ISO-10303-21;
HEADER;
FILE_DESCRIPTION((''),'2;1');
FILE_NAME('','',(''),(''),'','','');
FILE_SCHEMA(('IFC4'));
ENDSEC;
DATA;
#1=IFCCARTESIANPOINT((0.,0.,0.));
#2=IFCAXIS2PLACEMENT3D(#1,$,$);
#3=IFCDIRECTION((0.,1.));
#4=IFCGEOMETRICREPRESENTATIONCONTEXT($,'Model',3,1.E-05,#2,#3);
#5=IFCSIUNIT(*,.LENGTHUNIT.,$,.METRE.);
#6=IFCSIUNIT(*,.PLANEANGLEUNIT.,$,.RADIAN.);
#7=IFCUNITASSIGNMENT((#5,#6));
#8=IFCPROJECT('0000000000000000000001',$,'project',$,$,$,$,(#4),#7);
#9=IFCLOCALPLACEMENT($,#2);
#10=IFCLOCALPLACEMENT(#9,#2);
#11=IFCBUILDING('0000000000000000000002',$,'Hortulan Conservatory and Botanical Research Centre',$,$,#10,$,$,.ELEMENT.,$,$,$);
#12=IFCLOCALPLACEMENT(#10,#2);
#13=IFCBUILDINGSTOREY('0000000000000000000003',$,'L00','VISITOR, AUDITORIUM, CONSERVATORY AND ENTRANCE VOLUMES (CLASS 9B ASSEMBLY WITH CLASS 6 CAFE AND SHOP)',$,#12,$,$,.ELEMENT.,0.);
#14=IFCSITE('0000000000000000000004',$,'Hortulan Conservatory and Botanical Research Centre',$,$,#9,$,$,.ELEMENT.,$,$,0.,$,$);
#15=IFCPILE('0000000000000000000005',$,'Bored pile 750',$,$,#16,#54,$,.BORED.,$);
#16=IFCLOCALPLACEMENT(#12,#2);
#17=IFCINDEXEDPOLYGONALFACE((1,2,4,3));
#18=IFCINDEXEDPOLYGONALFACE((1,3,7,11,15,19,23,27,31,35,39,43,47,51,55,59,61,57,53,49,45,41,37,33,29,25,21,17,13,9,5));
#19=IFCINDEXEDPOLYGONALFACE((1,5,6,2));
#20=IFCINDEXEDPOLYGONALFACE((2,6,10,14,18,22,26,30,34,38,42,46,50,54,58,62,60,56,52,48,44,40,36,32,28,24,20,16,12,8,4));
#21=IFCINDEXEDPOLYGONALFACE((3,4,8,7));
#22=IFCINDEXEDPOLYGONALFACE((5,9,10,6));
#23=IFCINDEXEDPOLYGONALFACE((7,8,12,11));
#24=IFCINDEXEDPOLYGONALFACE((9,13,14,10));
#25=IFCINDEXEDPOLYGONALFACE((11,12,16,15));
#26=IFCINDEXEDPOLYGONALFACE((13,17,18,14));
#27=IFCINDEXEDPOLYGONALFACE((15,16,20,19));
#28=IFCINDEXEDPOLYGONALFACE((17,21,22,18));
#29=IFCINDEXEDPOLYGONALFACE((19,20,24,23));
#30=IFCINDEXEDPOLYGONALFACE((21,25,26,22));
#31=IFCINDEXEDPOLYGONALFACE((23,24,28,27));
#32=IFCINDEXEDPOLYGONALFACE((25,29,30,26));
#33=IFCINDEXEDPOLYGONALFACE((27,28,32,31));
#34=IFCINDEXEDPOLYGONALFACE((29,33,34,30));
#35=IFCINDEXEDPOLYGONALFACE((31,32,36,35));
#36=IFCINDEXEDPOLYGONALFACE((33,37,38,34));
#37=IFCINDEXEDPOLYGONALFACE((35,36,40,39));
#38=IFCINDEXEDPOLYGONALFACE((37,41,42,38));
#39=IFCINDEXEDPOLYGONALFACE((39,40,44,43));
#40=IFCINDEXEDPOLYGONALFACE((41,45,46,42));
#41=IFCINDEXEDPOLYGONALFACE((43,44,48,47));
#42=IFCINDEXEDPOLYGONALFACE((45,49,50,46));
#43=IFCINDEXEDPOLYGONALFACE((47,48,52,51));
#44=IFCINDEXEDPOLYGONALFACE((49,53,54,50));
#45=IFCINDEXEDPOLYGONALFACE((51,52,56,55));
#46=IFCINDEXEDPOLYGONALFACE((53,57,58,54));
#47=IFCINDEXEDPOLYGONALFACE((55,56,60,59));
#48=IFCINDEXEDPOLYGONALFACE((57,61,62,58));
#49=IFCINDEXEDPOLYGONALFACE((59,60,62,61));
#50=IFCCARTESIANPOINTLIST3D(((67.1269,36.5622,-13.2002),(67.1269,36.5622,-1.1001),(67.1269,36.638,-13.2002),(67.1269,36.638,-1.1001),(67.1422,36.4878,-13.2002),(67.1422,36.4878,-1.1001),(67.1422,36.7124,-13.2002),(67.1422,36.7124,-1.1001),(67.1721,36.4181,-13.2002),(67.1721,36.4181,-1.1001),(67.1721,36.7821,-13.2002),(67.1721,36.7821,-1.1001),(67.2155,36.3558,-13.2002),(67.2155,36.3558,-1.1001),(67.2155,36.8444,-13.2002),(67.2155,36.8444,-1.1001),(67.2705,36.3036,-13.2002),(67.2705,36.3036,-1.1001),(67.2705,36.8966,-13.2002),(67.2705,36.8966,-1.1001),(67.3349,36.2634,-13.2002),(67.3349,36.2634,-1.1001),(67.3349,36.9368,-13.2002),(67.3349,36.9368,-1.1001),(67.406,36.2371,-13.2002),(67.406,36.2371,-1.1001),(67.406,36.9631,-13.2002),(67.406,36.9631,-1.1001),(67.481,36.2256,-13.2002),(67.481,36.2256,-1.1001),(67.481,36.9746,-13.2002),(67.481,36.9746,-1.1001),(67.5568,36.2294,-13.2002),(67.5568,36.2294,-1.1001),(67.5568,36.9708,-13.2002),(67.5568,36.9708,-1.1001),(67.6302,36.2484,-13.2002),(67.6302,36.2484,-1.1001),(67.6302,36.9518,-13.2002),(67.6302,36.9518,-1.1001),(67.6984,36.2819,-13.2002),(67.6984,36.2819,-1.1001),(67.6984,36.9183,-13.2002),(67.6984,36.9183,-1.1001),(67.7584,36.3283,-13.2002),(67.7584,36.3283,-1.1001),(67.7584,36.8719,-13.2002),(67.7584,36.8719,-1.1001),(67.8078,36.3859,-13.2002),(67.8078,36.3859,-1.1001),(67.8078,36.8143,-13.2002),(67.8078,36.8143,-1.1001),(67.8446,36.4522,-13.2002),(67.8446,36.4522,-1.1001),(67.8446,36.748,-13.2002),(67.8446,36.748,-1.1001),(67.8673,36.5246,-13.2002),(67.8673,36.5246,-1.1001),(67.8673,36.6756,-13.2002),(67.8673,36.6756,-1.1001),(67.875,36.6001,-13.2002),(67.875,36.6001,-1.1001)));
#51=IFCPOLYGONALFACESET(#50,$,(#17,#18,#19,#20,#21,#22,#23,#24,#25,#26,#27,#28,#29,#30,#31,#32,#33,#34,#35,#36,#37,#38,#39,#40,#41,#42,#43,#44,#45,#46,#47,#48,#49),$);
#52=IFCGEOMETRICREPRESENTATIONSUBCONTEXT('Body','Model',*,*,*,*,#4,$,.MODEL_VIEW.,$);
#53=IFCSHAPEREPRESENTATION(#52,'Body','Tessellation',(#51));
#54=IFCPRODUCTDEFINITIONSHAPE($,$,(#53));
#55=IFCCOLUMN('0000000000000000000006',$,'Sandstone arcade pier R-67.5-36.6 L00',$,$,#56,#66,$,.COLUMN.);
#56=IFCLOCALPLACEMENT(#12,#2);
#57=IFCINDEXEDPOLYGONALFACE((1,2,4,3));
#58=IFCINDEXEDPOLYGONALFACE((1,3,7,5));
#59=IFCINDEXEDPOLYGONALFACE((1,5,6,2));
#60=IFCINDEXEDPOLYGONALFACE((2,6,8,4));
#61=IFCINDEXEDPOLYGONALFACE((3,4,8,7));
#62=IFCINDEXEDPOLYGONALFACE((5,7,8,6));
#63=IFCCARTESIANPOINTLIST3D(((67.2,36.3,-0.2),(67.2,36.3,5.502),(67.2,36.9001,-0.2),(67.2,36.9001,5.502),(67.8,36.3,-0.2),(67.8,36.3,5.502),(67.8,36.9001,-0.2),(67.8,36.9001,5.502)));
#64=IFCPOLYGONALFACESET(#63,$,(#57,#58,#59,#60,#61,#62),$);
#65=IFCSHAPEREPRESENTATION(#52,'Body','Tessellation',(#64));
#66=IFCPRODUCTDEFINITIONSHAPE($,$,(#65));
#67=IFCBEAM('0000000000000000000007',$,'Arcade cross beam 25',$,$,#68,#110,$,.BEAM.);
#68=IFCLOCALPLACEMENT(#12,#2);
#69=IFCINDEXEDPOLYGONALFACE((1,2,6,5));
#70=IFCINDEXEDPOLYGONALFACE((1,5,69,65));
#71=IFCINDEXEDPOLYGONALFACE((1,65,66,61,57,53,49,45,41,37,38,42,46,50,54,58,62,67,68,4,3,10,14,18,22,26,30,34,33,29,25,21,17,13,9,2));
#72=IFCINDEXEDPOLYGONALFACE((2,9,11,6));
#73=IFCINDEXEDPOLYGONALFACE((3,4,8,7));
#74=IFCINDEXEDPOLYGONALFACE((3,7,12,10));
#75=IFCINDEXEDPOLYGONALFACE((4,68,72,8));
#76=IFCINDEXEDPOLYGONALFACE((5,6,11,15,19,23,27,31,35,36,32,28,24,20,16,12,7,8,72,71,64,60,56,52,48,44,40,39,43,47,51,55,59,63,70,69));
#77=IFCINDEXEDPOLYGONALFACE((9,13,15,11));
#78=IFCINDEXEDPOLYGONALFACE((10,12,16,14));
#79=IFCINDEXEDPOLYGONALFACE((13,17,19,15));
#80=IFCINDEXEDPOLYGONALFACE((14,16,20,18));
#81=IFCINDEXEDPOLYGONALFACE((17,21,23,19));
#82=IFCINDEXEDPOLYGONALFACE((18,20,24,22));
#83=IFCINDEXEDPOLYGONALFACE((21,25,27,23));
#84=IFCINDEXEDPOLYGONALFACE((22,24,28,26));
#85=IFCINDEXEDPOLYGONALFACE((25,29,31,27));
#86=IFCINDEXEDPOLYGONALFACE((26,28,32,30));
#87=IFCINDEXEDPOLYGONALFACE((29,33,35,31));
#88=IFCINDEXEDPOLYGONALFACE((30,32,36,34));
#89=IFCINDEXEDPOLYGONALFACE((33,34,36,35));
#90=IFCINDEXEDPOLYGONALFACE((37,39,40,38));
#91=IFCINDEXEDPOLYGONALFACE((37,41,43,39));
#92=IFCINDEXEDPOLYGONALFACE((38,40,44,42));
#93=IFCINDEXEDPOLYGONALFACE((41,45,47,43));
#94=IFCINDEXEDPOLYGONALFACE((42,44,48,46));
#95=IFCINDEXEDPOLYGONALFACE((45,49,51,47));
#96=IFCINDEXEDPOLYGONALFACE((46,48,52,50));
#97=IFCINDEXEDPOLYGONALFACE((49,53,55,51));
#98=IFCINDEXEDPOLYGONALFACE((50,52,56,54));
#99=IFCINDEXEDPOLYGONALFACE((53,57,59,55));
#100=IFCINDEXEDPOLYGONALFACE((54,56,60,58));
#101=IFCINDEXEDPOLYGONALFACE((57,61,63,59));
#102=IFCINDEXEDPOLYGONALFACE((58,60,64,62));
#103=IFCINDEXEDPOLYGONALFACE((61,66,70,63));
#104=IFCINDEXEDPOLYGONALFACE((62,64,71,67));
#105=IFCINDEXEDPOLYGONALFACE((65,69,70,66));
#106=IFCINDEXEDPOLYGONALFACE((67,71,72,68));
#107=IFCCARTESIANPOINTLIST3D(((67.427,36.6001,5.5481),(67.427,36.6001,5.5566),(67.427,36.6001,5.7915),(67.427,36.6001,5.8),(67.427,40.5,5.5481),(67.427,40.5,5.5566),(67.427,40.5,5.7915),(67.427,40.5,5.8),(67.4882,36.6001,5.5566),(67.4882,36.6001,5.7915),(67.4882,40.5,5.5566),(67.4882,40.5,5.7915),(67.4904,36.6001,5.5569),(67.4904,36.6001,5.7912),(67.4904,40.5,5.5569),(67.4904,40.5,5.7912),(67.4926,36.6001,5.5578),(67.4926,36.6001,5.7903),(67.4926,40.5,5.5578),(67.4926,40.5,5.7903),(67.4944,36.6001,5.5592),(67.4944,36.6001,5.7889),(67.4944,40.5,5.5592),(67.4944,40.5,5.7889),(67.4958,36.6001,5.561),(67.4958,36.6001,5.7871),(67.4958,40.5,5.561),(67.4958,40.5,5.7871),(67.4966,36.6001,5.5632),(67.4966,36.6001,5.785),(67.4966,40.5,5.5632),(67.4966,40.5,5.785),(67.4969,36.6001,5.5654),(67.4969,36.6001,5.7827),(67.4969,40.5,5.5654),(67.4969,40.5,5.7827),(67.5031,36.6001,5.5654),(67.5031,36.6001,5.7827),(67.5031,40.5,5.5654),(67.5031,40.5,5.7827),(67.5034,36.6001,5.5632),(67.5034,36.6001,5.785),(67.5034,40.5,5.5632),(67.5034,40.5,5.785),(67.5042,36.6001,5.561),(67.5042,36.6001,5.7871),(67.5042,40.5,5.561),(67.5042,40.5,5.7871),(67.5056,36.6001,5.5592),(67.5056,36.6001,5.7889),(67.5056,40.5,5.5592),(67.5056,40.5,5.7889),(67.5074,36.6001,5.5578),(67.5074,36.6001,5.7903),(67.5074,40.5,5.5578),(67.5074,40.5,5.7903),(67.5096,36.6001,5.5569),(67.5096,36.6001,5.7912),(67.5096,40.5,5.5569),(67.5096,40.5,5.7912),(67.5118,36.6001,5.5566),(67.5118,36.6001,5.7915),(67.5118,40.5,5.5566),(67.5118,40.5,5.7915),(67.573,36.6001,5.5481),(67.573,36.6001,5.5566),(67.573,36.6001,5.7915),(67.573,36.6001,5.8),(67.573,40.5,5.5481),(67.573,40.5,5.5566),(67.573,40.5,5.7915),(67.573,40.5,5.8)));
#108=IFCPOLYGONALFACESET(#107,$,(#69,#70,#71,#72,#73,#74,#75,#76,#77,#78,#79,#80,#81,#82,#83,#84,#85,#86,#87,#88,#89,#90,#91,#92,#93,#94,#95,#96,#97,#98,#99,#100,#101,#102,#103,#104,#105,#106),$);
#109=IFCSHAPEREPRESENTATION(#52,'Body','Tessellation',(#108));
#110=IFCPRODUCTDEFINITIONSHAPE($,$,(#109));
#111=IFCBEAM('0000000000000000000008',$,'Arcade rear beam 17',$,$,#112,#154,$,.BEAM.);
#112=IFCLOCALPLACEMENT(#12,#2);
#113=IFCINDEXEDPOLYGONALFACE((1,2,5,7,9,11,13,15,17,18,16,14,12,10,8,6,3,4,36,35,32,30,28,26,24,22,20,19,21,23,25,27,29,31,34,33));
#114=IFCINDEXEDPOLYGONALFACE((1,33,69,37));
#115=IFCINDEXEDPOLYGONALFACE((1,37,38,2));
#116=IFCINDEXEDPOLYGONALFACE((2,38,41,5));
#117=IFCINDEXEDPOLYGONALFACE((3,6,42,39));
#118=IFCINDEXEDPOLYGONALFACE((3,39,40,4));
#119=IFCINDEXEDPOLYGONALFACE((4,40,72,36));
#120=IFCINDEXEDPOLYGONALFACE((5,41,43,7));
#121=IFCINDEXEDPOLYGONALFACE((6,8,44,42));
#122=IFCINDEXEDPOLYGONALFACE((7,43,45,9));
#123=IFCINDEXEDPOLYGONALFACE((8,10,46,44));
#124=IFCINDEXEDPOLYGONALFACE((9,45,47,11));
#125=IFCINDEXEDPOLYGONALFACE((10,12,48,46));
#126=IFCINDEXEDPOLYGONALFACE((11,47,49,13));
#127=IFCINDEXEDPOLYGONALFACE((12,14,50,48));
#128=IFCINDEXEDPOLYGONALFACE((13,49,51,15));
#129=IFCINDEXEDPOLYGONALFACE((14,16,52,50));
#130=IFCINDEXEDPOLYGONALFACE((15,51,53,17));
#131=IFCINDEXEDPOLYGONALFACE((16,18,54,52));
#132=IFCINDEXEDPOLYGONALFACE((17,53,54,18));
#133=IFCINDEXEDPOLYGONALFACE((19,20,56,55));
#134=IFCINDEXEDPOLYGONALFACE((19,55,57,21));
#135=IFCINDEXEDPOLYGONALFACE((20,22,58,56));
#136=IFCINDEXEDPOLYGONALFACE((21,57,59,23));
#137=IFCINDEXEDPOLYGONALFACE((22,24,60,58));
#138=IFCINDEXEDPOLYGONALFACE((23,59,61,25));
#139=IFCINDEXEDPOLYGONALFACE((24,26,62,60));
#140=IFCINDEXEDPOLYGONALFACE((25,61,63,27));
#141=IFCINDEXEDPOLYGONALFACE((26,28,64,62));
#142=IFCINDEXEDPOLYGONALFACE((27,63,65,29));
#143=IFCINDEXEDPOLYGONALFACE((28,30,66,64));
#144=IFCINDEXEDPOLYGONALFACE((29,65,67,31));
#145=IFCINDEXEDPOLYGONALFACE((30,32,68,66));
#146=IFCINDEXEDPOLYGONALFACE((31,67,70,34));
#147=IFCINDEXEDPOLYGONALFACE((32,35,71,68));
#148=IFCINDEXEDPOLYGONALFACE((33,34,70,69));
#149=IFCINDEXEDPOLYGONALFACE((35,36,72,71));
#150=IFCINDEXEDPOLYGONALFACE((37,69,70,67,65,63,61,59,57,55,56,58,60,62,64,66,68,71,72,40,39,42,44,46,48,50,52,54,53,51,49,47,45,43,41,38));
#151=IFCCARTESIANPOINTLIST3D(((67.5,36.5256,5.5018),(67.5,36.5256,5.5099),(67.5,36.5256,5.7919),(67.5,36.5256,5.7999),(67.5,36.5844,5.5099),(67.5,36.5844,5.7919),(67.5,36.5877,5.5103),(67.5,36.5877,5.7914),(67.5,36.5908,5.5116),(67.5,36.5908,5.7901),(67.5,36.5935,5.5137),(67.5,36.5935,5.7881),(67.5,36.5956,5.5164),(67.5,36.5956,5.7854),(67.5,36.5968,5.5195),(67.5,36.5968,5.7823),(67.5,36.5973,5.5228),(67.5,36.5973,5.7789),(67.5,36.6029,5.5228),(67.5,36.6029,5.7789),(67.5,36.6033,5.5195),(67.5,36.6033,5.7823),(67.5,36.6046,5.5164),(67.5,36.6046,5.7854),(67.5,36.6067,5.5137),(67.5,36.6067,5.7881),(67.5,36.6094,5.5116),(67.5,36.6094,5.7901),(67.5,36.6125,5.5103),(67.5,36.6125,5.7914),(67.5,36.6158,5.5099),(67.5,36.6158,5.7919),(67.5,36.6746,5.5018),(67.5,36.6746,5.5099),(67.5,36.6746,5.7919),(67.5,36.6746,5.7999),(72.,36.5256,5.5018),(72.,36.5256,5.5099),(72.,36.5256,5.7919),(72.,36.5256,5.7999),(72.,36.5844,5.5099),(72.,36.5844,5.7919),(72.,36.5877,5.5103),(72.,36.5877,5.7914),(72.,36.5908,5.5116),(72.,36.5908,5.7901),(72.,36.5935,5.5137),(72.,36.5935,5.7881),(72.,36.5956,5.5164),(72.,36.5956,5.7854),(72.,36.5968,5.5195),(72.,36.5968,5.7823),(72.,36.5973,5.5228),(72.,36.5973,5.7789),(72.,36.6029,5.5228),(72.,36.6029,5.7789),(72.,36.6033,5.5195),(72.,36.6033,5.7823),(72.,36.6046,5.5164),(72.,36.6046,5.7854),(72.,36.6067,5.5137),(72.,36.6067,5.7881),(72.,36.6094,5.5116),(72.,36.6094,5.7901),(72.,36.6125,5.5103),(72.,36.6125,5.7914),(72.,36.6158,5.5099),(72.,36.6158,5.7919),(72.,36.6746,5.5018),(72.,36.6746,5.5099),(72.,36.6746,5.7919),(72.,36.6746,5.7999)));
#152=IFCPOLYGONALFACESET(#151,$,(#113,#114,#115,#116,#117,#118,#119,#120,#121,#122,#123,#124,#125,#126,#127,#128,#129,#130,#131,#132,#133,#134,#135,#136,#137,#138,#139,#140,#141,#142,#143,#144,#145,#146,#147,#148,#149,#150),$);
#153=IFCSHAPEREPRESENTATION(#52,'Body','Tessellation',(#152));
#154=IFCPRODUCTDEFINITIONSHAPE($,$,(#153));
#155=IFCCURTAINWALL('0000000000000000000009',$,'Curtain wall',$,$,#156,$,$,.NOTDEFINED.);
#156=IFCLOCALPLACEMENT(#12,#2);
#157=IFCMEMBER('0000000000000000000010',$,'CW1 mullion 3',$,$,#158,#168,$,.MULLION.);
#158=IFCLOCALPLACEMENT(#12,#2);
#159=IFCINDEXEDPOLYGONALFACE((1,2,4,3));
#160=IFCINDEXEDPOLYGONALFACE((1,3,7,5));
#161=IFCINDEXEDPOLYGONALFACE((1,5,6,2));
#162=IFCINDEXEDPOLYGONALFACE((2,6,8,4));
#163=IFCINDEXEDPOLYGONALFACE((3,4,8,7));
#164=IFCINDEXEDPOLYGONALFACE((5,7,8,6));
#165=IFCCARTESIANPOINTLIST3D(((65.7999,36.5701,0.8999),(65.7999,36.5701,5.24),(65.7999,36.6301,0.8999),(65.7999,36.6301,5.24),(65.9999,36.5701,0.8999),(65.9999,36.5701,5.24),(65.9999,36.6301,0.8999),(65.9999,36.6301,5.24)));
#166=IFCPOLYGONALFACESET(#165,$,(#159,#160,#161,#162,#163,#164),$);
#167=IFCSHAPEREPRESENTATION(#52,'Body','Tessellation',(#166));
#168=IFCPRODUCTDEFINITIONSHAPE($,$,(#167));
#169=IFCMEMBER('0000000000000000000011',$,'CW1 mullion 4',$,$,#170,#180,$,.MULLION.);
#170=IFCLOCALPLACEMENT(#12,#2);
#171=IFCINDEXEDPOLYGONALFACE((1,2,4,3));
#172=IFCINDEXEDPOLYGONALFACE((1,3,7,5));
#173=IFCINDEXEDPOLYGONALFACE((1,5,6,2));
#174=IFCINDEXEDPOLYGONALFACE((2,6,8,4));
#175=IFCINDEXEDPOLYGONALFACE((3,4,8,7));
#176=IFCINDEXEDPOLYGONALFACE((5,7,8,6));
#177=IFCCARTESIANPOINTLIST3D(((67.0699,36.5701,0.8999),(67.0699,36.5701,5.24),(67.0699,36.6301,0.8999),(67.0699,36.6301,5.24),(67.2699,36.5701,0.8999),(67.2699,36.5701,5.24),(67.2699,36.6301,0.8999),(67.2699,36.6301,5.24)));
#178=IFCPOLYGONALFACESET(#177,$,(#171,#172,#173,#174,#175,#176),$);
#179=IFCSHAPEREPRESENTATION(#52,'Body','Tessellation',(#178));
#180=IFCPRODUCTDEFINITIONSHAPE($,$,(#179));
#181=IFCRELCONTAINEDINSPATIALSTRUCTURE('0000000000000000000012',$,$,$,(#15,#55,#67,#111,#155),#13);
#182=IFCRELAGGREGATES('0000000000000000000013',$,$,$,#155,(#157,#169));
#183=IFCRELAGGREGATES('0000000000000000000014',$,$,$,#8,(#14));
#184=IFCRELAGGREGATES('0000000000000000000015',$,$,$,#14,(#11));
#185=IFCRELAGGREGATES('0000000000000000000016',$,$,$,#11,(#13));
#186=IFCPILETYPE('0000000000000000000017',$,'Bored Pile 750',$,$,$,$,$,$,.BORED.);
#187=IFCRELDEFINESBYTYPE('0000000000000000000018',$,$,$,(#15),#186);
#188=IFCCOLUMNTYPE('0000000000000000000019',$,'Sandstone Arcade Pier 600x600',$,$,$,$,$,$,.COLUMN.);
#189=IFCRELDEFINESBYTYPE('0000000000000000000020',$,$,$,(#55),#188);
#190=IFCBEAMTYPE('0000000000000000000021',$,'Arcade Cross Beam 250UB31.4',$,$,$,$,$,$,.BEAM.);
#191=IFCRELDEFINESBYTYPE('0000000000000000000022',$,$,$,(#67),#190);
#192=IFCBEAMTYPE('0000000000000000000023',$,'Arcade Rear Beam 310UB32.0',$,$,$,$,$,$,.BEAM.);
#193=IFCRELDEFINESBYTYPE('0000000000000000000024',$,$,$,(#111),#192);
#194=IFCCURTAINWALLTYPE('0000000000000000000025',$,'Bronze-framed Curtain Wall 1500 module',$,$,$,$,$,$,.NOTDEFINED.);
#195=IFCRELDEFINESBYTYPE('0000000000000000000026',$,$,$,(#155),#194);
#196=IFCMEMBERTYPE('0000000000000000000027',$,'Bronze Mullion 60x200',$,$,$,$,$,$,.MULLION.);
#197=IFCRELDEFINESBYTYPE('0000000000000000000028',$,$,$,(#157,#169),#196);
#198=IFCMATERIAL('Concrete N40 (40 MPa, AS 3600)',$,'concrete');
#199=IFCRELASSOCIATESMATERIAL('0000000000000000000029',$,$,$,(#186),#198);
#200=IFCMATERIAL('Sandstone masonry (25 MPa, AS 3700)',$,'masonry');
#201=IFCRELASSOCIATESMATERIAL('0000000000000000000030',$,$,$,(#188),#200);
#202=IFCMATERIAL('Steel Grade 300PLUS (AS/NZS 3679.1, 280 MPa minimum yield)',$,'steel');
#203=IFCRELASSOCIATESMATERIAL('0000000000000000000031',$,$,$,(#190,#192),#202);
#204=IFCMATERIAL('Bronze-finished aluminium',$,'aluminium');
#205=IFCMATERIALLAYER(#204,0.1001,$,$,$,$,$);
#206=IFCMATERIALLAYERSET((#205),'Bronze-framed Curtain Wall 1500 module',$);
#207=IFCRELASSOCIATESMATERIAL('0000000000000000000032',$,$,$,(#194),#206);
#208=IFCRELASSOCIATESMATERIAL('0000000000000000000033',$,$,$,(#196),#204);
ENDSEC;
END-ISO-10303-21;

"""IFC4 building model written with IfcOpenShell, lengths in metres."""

from ifc_helpers import new_model, si_unit, direction, frame, origin, origin_2d, place, context, subcontext, project, spatial, rectangle, circle, i_section, extrude, material, layer, layer_set, material_profile, profile_set, type_object, element, aggregate, save


model = new_model("IFC4")

# Units and contexts
model_context = context("Model", 3, precision=1e-05, world=origin(), true_north=direction((0.0, 1.0)))
body_context = subcontext(model_context, "Body", "Model", "MODEL_VIEW")
ifc_project = project(units=[si_unit("LENGTHUNIT", "METRE"), si_unit("PLANEANGLEUNIT", "RADIAN")], contexts=[model_context])

# Site, building, storey
site_placement = place(None, origin())
site = spatial("IfcSite", under=ifc_project, at=site_placement, Name="Hortulan Conservatory and Botanical Research Centre", CompositionType="ELEMENT", RefElevation=0.0)
building_placement = place(site_placement, origin())
building = spatial("IfcBuilding", under=site, at=building_placement, Name="Hortulan Conservatory and Botanical Research Centre", CompositionType="ELEMENT")
storey_placement = place(building_placement, origin())
storey = spatial("IfcBuildingStorey", under=building, at=storey_placement, Name="L00", Description="VISITOR, AUDITORIUM, CONSERVATORY AND ENTRANCE VOLUMES (CLASS 9B ASSEMBLY WITH CLASS 6 CAFE AND SHOP)", CompositionType="ELEMENT", Elevation=0.0)

# Pile
ifc_material_1 = material(Name="Concrete N40 (40 MPa, AS 3600)", Category="concrete")
ifc_material_profile_1 = material_profile(ifc_material_1, circle(Radius=0.375, at=origin_2d()), Name="Bored pile 750 diameter")
ifc_profile_set_1 = profile_set([ifc_material_profile_1], Name="Concrete N40 (40 MPa, AS 3600)")
pile_type = type_object("IfcPileType", Name="Bored Pile 750", PredefinedType="BORED", material=ifc_profile_set_1)
pile_placement = place(storey_placement, frame((67.5, 36.6001, -1.1001), z_axis=(0.0, 0.0, -1.0), x_axis=(1.0, 0.0, 0.0)))
element("IfcPile", 1, at=pile_placement, inside=storey, type_object=pile_type, Name="Bored pile 750", PredefinedType="BORED", context=body_context, shape_type="SweptSolid", body=[
    extrude(circle(Radius=0.375, at=origin_2d()), origin(), (0.0, 0.0, 1.0), 12.1001),
])

# Column
ifc_material_2 = material(Name="Sandstone masonry (25 MPa, AS 3700)", Category="masonry")
ifc_material_profile_2 = material_profile(ifc_material_2, rectangle(XDim=0.6001, YDim=0.6001, at=origin_2d()), Name="Square pier 600")
ifc_profile_set_2 = profile_set([ifc_material_profile_2], Name="Sandstone masonry (25 MPa, AS 3700)")
column_type = type_object("IfcColumnType", Name="Sandstone Arcade Pier 600x600", PredefinedType="COLUMN", material=ifc_profile_set_2)
column_placement = place(storey_placement, frame((67.5, 36.6001, -0.2), z_axis=(0.0, 0.0, 1.0), x_axis=(1.0, 0.0, 0.0)))
element("IfcColumn", 2, at=column_placement, inside=storey, type_object=column_type, Name="Sandstone arcade pier R-67.5-36.6 L00", PredefinedType="COLUMN", context=body_context, shape_type="SweptSolid", body=[
    extrude(rectangle(XDim=0.6001, YDim=0.6001, at=origin_2d()), origin(), (0.0, 0.0, 1.0), 5.7019),
])

# Beams
ifc_material_3 = material(Name="Steel Grade 300PLUS (AS/NZS 3679.1, 280 MPa minimum yield)", Category="steel")
ifc_material_profile_3 = material_profile(ifc_material_3, i_section(OverallWidth=0.146, OverallDepth=0.252, WebThickness=0.0061, FlangeThickness=0.0085, FilletRadius=0.0088, at=origin_2d()), Name="250UB31.4")
ifc_profile_set_3 = profile_set([ifc_material_profile_3], Name="Steel Grade 300PLUS (AS/NZS 3679.1, 280 MPa minimum yield)")
beam_type_1 = type_object("IfcBeamType", Name="Arcade Cross Beam 250UB31.4", PredefinedType="BEAM", material=ifc_profile_set_3)
beam_1_placement = place(storey_placement, frame((67.5, 36.6001, 5.6741), z_axis=(0.0, 1.0, 0.0), x_axis=(-1.0, 0.0, 0.0)))
element("IfcBeam", 3, at=beam_1_placement, inside=storey, type_object=beam_type_1, Name="Arcade cross beam 25", PredefinedType="BEAM", context=body_context, shape_type="SweptSolid", body=[
    extrude(i_section(OverallWidth=0.146, OverallDepth=0.252, WebThickness=0.0061, FlangeThickness=0.0085, FilletRadius=0.0088, at=origin_2d()), origin(), (0.0, 0.0, 1.0), 3.8999),
])
ifc_material_profile_4 = material_profile(ifc_material_3, i_section(OverallWidth=0.1489, OverallDepth=0.2981, WebThickness=0.0056, FlangeThickness=0.0081, FilletRadius=0.0129, at=origin_2d()), Name="310UB32.0")
ifc_profile_set_4 = profile_set([ifc_material_profile_4], Name="Steel Grade 300PLUS (AS/NZS 3679.1, 280 MPa minimum yield)")
beam_type_2 = type_object("IfcBeamType", Name="Arcade Rear Beam 310UB32.0", PredefinedType="BEAM", material=ifc_profile_set_4)
beam_2_placement = place(storey_placement, frame((67.5, 36.6001, 5.6509), z_axis=(1.0, 0.0, 0.0), x_axis=(0.0, 1.0, 0.0)))
element("IfcBeam", 4, at=beam_2_placement, inside=storey, type_object=beam_type_2, Name="Arcade rear beam 17", PredefinedType="BEAM", context=body_context, shape_type="SweptSolid", body=[
    extrude(i_section(OverallWidth=0.1489, OverallDepth=0.2981, WebThickness=0.0056, FlangeThickness=0.0081, FilletRadius=0.0129, at=origin_2d()), origin(), (0.0, 0.0, 1.0), 4.5),
])

# Curtain wall, members
ifc_material_4 = material(Name="Bronze-finished aluminium", Category="aluminium")
ifc_layer_1 = layer(ifc_material_4, 0.1001)
ifc_layer_set_1 = layer_set([ifc_layer_1], Name="Bronze-framed Curtain Wall 1500 module")
curtain_wall_type = type_object("IfcCurtainWallType", Name="Bronze-framed Curtain Wall 1500 module", PredefinedType="NOTDEFINED", material=ifc_layer_set_1)
curtain_wall_1_placement = place(storey_placement, origin())
curtain_wall_1 = element("IfcCurtainWall", 5, at=curtain_wall_1_placement, inside=storey, type_object=curtain_wall_type, Name="Curtain wall", PredefinedType="NOTDEFINED")
ifc_material_profile_5 = material_profile(ifc_material_4, rectangle(XDim=0.0601, YDim=0.2, at=origin_2d()), Name="Bronze Mullion 60x200")
ifc_profile_set_5 = profile_set([ifc_material_profile_5], Name="Bronze-finished aluminium")
member_type_1 = type_object("IfcMemberType", Name="Bronze Mullion 60x200", PredefinedType="MULLION", material=ifc_profile_set_5)
member_1_placement = place(storey_placement, frame((65.8999, 36.6001, 0.8999), z_axis=(0.0, 0.0, 1.0), x_axis=(0.0, 1.0, 0.0)))
member_1 = element("IfcMember", 6, at=member_1_placement, type_object=member_type_1, Name="CW1 mullion 3", PredefinedType="MULLION", context=body_context, shape_type="SweptSolid", body=[
    extrude(rectangle(XDim=0.0601, YDim=0.2, at=origin_2d()), origin(), (0.0, 0.0, 1.0), 4.3401),
])
member_2_placement = place(storey_placement, frame((67.1699, 36.6001, 0.8999), z_axis=(0.0, 0.0, 1.0), x_axis=(0.0, 1.0, 0.0)))
member_2 = element("IfcMember", 7, at=member_2_placement, type_object=member_type_1, Name="CW1 mullion 4", PredefinedType="MULLION", context=body_context, shape_type="SweptSolid", body=[
    extrude(rectangle(XDim=0.0601, YDim=0.2, at=origin_2d()), origin(), (0.0, 0.0, 1.0), 4.3401),
])

aggregate(curtain_wall_1, [member_1, member_2])

save(model, "model.ifc")
